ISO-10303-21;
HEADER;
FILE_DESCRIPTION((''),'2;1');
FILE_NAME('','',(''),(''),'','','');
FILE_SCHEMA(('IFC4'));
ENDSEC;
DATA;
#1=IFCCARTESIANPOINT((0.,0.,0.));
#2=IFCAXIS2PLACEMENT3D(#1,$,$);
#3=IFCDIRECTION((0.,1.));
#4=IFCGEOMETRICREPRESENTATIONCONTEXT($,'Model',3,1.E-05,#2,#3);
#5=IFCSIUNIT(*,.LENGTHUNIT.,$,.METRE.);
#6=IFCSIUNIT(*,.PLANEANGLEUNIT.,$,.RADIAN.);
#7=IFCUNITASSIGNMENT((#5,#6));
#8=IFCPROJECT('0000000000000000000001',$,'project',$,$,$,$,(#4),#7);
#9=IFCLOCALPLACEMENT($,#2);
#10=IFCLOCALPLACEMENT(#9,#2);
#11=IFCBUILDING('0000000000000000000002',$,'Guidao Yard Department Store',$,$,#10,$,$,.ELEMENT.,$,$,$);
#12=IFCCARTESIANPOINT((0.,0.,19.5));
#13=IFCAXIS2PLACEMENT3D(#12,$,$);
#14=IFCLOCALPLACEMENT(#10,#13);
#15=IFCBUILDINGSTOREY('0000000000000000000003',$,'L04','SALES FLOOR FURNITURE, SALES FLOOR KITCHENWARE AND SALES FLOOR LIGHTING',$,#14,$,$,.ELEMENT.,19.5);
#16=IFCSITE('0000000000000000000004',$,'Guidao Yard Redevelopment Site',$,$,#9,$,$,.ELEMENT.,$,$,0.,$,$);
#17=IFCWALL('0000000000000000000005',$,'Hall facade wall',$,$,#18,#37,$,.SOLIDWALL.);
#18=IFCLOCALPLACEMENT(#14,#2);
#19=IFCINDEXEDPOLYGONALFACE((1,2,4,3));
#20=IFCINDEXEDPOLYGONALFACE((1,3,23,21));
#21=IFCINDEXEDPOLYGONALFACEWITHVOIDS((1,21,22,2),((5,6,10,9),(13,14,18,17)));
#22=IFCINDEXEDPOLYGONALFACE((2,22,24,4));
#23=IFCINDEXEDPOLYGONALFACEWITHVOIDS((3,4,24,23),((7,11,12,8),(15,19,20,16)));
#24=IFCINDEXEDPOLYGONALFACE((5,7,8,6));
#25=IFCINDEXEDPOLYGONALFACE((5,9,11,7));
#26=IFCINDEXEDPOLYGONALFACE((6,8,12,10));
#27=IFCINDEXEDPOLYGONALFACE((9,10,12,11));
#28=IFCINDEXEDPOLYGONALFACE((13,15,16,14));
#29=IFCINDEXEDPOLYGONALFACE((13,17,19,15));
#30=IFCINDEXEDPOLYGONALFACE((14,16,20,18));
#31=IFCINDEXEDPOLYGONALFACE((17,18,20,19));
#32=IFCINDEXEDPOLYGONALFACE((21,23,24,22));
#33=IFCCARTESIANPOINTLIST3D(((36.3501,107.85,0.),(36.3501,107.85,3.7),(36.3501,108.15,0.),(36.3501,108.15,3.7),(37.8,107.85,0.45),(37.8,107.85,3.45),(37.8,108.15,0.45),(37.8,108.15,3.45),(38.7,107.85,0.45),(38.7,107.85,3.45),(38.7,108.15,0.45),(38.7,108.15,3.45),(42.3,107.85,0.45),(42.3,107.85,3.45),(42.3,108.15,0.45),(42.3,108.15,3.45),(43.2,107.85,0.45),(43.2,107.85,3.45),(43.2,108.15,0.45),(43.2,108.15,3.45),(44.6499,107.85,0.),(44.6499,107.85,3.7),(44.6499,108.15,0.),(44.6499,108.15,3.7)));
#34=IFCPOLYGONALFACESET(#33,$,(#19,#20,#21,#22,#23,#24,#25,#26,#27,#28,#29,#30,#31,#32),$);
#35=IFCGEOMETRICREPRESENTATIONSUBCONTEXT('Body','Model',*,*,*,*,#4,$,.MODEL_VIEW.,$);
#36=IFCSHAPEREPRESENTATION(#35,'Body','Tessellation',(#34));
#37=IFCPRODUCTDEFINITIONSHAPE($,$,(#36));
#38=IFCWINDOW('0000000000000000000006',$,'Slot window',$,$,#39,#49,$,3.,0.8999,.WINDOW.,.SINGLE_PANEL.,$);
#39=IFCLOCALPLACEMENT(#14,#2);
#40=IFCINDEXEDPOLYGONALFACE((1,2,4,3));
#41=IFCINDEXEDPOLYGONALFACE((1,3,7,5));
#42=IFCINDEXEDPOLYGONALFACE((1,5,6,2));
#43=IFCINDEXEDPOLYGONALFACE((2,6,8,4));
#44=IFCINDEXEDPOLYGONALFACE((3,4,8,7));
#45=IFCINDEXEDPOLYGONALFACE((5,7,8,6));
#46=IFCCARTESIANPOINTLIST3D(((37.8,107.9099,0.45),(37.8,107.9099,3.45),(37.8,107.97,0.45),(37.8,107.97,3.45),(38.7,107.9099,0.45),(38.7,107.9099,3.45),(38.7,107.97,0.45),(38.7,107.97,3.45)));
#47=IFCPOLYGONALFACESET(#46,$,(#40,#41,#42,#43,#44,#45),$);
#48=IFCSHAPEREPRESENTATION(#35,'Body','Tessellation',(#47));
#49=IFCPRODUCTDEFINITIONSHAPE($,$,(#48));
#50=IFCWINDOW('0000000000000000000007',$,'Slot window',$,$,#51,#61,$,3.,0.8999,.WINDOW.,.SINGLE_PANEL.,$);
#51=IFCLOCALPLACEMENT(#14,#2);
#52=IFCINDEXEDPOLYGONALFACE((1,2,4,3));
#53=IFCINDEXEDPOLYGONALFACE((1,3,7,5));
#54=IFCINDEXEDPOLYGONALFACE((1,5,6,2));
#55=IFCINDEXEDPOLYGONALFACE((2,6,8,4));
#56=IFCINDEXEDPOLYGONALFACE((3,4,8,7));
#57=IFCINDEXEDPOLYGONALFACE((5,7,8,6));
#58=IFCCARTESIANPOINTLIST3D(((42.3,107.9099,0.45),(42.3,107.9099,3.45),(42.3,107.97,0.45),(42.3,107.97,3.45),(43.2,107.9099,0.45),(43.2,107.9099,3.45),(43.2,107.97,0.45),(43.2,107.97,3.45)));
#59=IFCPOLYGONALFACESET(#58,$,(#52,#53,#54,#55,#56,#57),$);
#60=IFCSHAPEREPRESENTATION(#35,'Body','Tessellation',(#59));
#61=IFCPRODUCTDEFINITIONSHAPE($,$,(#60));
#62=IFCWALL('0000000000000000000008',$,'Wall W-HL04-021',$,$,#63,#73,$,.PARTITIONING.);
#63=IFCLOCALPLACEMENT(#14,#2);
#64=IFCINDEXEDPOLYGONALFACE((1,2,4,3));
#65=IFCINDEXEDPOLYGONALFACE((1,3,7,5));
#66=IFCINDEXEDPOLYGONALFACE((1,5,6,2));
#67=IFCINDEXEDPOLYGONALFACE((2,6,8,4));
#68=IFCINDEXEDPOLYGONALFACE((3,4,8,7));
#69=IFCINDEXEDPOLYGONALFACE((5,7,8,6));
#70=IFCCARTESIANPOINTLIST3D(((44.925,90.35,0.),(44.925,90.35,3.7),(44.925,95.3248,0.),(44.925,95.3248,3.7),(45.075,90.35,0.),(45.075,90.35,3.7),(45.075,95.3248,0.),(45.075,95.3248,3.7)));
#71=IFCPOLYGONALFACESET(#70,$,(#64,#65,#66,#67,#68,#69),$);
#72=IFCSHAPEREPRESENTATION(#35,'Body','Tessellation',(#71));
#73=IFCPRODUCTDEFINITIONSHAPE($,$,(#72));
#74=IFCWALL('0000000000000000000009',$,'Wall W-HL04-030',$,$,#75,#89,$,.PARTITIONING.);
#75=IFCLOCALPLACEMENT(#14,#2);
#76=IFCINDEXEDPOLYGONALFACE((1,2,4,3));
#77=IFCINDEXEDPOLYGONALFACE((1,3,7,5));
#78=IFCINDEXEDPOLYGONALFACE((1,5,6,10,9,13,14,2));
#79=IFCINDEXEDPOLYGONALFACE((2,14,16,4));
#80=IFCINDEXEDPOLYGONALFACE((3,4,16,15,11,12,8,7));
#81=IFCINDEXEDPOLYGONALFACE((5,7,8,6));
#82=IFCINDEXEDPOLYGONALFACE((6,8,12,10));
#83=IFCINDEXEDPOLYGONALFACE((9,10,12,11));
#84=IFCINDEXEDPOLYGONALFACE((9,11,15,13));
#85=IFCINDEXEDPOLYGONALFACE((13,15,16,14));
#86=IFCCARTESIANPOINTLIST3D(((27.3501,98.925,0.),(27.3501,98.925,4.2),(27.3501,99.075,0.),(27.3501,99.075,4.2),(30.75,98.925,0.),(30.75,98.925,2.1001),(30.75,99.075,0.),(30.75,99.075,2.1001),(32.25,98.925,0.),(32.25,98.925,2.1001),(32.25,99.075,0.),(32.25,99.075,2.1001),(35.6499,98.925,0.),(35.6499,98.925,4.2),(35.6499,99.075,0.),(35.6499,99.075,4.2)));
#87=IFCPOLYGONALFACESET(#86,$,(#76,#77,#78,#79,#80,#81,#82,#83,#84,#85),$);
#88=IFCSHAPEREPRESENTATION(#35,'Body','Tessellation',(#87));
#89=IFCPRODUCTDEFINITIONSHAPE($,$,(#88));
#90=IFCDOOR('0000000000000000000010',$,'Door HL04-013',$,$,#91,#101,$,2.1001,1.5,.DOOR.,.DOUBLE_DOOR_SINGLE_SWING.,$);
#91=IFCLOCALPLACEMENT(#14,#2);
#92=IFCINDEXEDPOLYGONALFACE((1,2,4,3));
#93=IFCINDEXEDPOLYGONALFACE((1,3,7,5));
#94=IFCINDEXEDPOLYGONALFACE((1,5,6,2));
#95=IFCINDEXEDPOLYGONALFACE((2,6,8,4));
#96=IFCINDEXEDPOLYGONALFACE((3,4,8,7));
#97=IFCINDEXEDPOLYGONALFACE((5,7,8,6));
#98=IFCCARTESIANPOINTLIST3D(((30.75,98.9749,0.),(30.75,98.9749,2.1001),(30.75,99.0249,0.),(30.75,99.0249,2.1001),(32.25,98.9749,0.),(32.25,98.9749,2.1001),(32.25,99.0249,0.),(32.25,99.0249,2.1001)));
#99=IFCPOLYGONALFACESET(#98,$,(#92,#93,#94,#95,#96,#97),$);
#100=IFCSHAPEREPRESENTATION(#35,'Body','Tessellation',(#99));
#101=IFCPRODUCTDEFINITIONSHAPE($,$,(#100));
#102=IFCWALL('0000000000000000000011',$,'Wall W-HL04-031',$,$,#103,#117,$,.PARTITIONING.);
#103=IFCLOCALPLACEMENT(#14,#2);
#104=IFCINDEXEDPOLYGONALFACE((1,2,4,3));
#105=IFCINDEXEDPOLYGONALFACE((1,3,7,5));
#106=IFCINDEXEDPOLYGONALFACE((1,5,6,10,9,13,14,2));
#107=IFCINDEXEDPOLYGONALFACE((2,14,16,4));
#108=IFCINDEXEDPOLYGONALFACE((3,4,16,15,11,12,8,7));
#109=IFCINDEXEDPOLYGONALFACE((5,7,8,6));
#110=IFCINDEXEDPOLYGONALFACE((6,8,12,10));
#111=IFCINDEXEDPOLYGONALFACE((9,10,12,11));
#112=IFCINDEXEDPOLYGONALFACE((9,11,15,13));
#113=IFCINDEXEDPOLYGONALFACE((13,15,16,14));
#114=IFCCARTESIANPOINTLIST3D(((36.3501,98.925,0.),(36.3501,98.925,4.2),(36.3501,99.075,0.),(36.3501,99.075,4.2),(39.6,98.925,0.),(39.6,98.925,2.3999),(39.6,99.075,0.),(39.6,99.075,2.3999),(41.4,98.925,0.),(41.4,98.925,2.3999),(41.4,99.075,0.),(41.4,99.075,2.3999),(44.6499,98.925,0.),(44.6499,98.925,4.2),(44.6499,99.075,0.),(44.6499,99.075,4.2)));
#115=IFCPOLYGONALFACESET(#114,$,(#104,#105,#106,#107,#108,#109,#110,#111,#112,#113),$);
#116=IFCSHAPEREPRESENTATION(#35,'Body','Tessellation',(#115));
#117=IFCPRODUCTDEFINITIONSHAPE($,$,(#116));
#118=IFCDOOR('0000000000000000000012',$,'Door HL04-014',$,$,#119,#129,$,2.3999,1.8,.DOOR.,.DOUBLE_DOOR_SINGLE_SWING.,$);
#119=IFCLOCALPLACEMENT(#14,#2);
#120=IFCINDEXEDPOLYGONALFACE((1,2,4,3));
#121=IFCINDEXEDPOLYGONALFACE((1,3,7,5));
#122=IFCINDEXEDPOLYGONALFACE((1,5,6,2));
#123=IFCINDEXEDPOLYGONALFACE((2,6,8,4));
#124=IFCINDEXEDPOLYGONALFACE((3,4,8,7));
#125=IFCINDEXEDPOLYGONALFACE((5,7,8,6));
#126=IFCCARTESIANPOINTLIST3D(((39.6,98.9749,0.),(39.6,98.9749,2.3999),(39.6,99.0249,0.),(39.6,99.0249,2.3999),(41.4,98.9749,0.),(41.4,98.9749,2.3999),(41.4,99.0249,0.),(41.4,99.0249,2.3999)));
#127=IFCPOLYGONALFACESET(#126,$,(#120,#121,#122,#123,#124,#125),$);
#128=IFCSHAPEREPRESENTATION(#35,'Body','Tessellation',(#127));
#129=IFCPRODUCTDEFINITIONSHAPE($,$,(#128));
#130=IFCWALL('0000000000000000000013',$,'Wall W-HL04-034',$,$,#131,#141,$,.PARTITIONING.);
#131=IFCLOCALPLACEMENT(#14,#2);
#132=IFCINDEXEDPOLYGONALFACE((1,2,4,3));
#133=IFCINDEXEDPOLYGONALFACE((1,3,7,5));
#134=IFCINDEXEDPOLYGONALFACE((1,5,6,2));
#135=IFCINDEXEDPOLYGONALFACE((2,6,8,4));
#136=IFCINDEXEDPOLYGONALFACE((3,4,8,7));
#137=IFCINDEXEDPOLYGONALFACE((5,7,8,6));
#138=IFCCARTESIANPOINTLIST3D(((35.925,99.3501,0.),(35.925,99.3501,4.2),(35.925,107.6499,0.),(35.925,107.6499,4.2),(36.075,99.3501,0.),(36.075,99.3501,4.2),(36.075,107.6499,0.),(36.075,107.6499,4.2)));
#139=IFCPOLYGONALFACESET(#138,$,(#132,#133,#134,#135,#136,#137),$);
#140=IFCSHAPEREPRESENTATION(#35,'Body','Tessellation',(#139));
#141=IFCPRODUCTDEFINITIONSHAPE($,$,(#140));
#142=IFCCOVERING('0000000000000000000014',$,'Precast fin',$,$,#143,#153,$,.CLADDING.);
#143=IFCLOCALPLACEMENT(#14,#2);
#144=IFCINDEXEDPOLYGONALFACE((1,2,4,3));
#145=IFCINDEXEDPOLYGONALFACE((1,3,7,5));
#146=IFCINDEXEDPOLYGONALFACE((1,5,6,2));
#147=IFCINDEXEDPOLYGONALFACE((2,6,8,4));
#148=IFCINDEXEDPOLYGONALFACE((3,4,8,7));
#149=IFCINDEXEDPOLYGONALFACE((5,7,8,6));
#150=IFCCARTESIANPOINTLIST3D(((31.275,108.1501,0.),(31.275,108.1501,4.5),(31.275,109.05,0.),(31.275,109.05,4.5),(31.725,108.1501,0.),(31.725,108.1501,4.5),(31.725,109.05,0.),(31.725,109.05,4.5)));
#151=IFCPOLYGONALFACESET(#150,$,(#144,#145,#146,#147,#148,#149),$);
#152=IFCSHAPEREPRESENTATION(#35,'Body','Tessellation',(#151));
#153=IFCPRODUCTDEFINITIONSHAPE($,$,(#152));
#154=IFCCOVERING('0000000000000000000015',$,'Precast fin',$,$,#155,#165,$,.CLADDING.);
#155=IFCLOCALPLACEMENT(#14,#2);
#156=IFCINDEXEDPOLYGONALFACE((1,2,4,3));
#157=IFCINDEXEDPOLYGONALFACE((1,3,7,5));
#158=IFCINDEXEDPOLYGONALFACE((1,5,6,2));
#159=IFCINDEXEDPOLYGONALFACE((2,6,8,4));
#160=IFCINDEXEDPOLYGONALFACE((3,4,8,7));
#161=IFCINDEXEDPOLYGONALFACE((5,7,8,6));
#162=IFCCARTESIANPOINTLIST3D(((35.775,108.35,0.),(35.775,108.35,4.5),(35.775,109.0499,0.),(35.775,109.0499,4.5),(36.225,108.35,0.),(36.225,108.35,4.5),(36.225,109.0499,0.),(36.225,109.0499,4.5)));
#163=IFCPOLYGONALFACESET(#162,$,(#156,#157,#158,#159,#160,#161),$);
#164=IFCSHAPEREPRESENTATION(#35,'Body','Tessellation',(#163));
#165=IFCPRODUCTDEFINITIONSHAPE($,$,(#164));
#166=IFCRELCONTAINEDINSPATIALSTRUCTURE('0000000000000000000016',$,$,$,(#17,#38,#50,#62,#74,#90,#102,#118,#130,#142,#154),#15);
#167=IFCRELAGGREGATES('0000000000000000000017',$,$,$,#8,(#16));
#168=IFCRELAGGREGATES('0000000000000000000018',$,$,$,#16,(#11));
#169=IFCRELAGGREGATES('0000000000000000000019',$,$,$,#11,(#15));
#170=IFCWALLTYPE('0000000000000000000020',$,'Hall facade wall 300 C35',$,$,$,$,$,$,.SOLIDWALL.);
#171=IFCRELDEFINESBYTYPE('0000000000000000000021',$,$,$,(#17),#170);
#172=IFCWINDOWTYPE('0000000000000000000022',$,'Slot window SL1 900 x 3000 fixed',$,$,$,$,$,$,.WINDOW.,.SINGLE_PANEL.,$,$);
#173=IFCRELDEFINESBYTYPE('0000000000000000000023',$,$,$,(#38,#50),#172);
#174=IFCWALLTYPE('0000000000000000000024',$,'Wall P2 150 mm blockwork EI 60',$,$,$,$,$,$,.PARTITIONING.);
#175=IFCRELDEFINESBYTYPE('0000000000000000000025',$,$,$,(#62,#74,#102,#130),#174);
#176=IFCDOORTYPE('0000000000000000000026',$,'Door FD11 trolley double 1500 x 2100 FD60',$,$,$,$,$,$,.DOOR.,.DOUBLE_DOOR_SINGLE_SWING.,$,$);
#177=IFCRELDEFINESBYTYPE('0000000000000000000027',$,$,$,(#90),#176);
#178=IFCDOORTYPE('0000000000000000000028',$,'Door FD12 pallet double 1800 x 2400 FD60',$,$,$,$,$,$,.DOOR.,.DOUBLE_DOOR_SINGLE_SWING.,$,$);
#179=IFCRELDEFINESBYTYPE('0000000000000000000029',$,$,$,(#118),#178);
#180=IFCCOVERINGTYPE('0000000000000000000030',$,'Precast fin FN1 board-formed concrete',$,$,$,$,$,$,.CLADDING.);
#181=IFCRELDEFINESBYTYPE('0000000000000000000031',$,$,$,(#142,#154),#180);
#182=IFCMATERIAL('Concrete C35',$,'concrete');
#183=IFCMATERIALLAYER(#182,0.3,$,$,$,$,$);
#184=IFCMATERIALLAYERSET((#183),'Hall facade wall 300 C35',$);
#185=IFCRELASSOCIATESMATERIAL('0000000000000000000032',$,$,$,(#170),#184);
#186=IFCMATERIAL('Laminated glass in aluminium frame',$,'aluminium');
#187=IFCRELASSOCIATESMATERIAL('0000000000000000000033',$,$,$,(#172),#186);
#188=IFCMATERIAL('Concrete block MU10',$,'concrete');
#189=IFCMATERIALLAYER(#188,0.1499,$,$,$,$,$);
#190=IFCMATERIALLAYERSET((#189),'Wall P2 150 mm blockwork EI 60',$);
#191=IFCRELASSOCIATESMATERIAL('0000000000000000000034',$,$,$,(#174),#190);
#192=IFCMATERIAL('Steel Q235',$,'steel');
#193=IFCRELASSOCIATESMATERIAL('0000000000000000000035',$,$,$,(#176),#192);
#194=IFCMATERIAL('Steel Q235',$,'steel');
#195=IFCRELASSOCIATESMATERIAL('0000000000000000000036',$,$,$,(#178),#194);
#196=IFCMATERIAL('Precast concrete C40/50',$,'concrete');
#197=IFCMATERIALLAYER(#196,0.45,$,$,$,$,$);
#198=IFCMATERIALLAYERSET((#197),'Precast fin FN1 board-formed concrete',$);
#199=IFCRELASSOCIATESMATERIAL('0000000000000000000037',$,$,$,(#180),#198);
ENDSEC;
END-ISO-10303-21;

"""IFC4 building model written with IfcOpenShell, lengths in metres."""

from ifc_helpers import new_model, si_unit, direction, frame, frame_2d, origin, origin_2d, place, context, subcontext, project, spatial, rectangle, extrude, material, layer, layer_set, type_object, element, fill, save


model = new_model("IFC4")

# Units and contexts
model_context = context("Model", 3, precision=1e-05, world=origin(), true_north=direction((0.0, 1.0)))
body_context = subcontext(model_context, "Body", "Model", "MODEL_VIEW")
ifc_project = project(units=[si_unit("LENGTHUNIT", "METRE"), si_unit("PLANEANGLEUNIT", "RADIAN")], contexts=[model_context])

# Site, building, storey
site_placement = place(None, origin())
site = spatial("IfcSite", under=ifc_project, at=site_placement, Name="Guidao Yard Redevelopment Site", CompositionType="ELEMENT", RefElevation=0.0)
building_placement = place(site_placement, origin())
building = spatial("IfcBuilding", under=site, at=building_placement, Name="Guidao Yard Department Store", CompositionType="ELEMENT")
storey_placement = place(building_placement, frame((0.0, 0.0, 19.5)))
storey = spatial("IfcBuildingStorey", under=building, at=storey_placement, Name="L04", Description="SALES FLOOR FURNITURE, SALES FLOOR KITCHENWARE AND SALES FLOOR LIGHTING", CompositionType="ELEMENT", Elevation=19.5)

# Wall, openings, windows
ifc_material_1 = material(Name="Concrete C35", Category="concrete")
ifc_layer_1 = layer(ifc_material_1, 0.3)
ifc_layer_set_1 = layer_set([ifc_layer_1], Name="Hall facade wall 300 C35")
wall_type_1 = type_object("IfcWallType", Name="Hall facade wall 300 C35", PredefinedType="SOLIDWALL", material=ifc_layer_set_1)
ifc_material_2 = material(Name="Laminated glass in aluminium frame", Category="aluminium")
window_type = type_object("IfcWindowType", Name="Slot window SL1 900 x 3000 fixed", PartitioningType="SINGLE_PANEL", PredefinedType="WINDOW", material=ifc_material_2)
wall_1_placement = place(storey_placement, frame((36.3501, 108.0, 0.0), z_axis=(0.0, 0.0, 1.0), x_axis=(1.0, 0.0, 0.0)))
wall_1 = element("IfcWall", 1, at=wall_1_placement, inside=storey, type_object=wall_type_1, Name="Hall facade wall", PredefinedType="SOLIDWALL", context=body_context, shape_type="SweptSolid", body=[
    extrude(rectangle(XDim=8.2998, YDim=0.3, at=frame_2d((4.1499, 0.0))), origin(), (0.0, 0.0, 1.0), 3.7),
])
opening_1_placement = place(wall_1_placement, frame((1.45, 0.0, 0.45)))
opening_1 = element("IfcOpeningElement", 2, at=opening_1_placement, cuts=wall_1, PredefinedType="OPENING", context=body_context, shape_type="SweptSolid", body=[
    extrude(rectangle(XDim=0.8999, YDim=3.0, at=frame_2d((0.45, 1.5))), frame((0.0, 0.1599, 0.0), z_axis=(0.0, -1.0, 0.0), x_axis=(1.0, 0.0, 0.0)), (0.0, 0.0, 1.0), 0.3201),
])
opening_2_placement = place(wall_1_placement, frame((5.95, 0.0, 0.45)))
opening_2 = element("IfcOpeningElement", 3, at=opening_2_placement, cuts=wall_1, PredefinedType="OPENING", context=body_context, shape_type="SweptSolid", body=[
    extrude(rectangle(XDim=0.8999, YDim=3.0, at=frame_2d((0.45, 1.5))), frame((0.0, 0.1599, 0.0), z_axis=(0.0, -1.0, 0.0), x_axis=(1.0, 0.0, 0.0)), (0.0, 0.0, 1.0), 0.3201),
])
window_1_placement = place(opening_1_placement, origin())
window_1 = element("IfcWindow", 4, at=window_1_placement, inside=storey, type_object=window_type, Name="Slot window", OverallHeight=3.0, OverallWidth=0.8999, PartitioningType="SINGLE_PANEL", PredefinedType="WINDOW", context=body_context, shape_type="SweptSolid", body=[
    extrude(rectangle(XDim=0.8999, YDim=3.0, at=frame_2d((0.45, 1.5))), frame((0.0, -0.03, 0.0), z_axis=(0.0, -1.0, 0.0), x_axis=(1.0, 0.0, 0.0)), (0.0, 0.0, 1.0), 0.0601),
])
fill(opening_1, window_1)
window_2_placement = place(opening_2_placement, origin())
window_2 = element("IfcWindow", 5, at=window_2_placement, inside=storey, type_object=window_type, Name="Slot window", OverallHeight=3.0, OverallWidth=0.8999, PartitioningType="SINGLE_PANEL", PredefinedType="WINDOW", context=body_context, shape_type="SweptSolid", body=[
    extrude(rectangle(XDim=0.8999, YDim=3.0, at=frame_2d((0.45, 1.5))), frame((0.0, -0.03, 0.0), z_axis=(0.0, -1.0, 0.0), x_axis=(1.0, 0.0, 0.0)), (0.0, 0.0, 1.0), 0.0601),
])
fill(opening_2, window_2)

# Wall
ifc_material_3 = material(Name="Concrete block MU10", Category="concrete")
ifc_layer_2 = layer(ifc_material_3, 0.1499)
ifc_layer_set_2 = layer_set([ifc_layer_2], Name="Wall P2 150 mm blockwork EI 60")
wall_type_2 = type_object("IfcWallType", Name="Wall P2 150 mm blockwork EI 60", PredefinedType="PARTITIONING", material=ifc_layer_set_2)
wall_2_placement = place(storey_placement, frame((45.0, 90.3501, 0.0), z_axis=(0.0, 0.0, 1.0), x_axis=(0.0, 1.0, 0.0)))
element("IfcWall", 6, at=wall_2_placement, inside=storey, type_object=wall_type_2, Name="Wall W-HL04-021", PredefinedType="PARTITIONING", context=body_context, shape_type="SweptSolid", body=[
    extrude(rectangle(XDim=4.9749, YDim=0.1499, at=frame_2d((2.4873, 0.0))), origin(), (0.0, 0.0, 1.0), 3.7),
])

# Walls, openings, doors
wall_3_placement = place(storey_placement, frame((27.3501, 99.0, 0.0), z_axis=(0.0, 0.0, 1.0), x_axis=(1.0, 0.0, 0.0)))
wall_3 = element("IfcWall", 7, at=wall_3_placement, inside=storey, type_object=wall_type_2, Name="Wall W-HL04-030", PredefinedType="PARTITIONING", context=body_context, shape_type="SweptSolid", body=[
    extrude(rectangle(XDim=8.2998, YDim=0.1499, at=frame_2d((4.1499, 0.0))), origin(), (0.0, 0.0, 1.0), 4.2),
])
opening_3_placement = place(wall_3_placement, frame((3.3999, 0.0, 0.0)))
opening_3 = element("IfcOpeningElement", 8, at=opening_3_placement, cuts=wall_3, PredefinedType="OPENING", context=body_context, shape_type="SweptSolid", body=[
    extrude(rectangle(XDim=1.5, YDim=2.1001, at=frame_2d((0.75, 1.05))), frame((0.0, 0.085, 0.0), z_axis=(0.0, -1.0, 0.0), x_axis=(1.0, 0.0, 0.0)), (0.0, 0.0, 1.0), 0.1699),
])
ifc_material_4 = material(Name="Steel Q235", Category="steel")
door_type_1 = type_object("IfcDoorType", Name="Door FD11 trolley double 1500 x 2100 FD60", OperationType="DOUBLE_DOOR_SINGLE_SWING", PredefinedType="DOOR", material=ifc_material_4)
door_1_placement = place(opening_3_placement, origin())
door_1 = element("IfcDoor", 9, at=door_1_placement, inside=storey, type_object=door_type_1, Name="Door HL04-013", OperationType="DOUBLE_DOOR_SINGLE_SWING", OverallHeight=2.1001, OverallWidth=1.5, PredefinedType="DOOR", context=body_context, shape_type="SweptSolid", body=[
    extrude(rectangle(XDim=1.5, YDim=2.1001, at=frame_2d((0.75, 1.05))), frame((0.0, 0.0249, 0.0), z_axis=(0.0, -1.0, 0.0), x_axis=(1.0, 0.0, 0.0)), (0.0, 0.0, 1.0), 0.05),
])
fill(opening_3, door_1)
wall_4_placement = place(storey_placement, frame((36.3501, 99.0, 0.0), z_axis=(0.0, 0.0, 1.0), x_axis=(1.0, 0.0, 0.0)))
wall_4 = element("IfcWall", 10, at=wall_4_placement, inside=storey, type_object=wall_type_2, Name="Wall W-HL04-031", PredefinedType="PARTITIONING", context=body_context, shape_type="SweptSolid", body=[
    extrude(rectangle(XDim=8.2998, YDim=0.1499, at=frame_2d((4.1499, 0.0))), origin(), (0.0, 0.0, 1.0), 4.2),
])
opening_4_placement = place(wall_4_placement, frame((3.25, 0.0, 0.0)))
opening_4 = element("IfcOpeningElement", 11, at=opening_4_placement, cuts=wall_4, PredefinedType="OPENING", context=body_context, shape_type="SweptSolid", body=[
    extrude(rectangle(XDim=1.8, YDim=2.3999, at=frame_2d((0.8999, 1.2))), frame((0.0, 0.085, 0.0), z_axis=(0.0, -1.0, 0.0), x_axis=(1.0, 0.0, 0.0)), (0.0, 0.0, 1.0), 0.1699),
])
ifc_material_5 = material(Name="Steel Q235", Category="steel")
door_type_2 = type_object("IfcDoorType", Name="Door FD12 pallet double 1800 x 2400 FD60", OperationType="DOUBLE_DOOR_SINGLE_SWING", PredefinedType="DOOR", material=ifc_material_5)
door_2_placement = place(opening_4_placement, origin())
door_2 = element("IfcDoor", 12, at=door_2_placement, inside=storey, type_object=door_type_2, Name="Door HL04-014", OperationType="DOUBLE_DOOR_SINGLE_SWING", OverallHeight=2.3999, OverallWidth=1.8, PredefinedType="DOOR", context=body_context, shape_type="SweptSolid", body=[
    extrude(rectangle(XDim=1.8, YDim=2.3999, at=frame_2d((0.8999, 1.2))), frame((0.0, 0.0249, 0.0), z_axis=(0.0, -1.0, 0.0), x_axis=(1.0, 0.0, 0.0)), (0.0, 0.0, 1.0), 0.05),
])
fill(opening_4, door_2)

# Wall
wall_5_placement = place(storey_placement, frame((36.0, 99.3501, 0.0), z_axis=(0.0, 0.0, 1.0), x_axis=(0.0, 1.0, 0.0)))
element("IfcWall", 13, at=wall_5_placement, inside=storey, type_object=wall_type_2, Name="Wall W-HL04-034", PredefinedType="PARTITIONING", context=body_context, shape_type="SweptSolid", body=[
    extrude(rectangle(XDim=8.2998, YDim=0.1499, at=frame_2d((4.1499, 0.0))), origin(), (0.0, 0.0, 1.0), 4.2),
])

# Coverings
ifc_material_6 = material(Name="Precast concrete C40/50", Category="concrete")
ifc_layer_3 = layer(ifc_material_6, 0.45)
ifc_layer_set_3 = layer_set([ifc_layer_3], Name="Precast fin FN1 board-formed concrete")
covering_type = type_object("IfcCoveringType", Name="Precast fin FN1 board-formed concrete", PredefinedType="CLADDING", material=ifc_layer_set_3)
covering_1_placement = place(storey_placement, frame((31.5, 108.6001, 0.0), z_axis=(0.0, 0.0, 1.0), x_axis=(1.0, 0.0, 0.0)))
element("IfcCovering", 14, at=covering_1_placement, inside=storey, type_object=covering_type, Name="Precast fin", PredefinedType="CLADDING", context=body_context, shape_type="SweptSolid", body=[
    extrude(rectangle(XDim=0.45, YDim=0.8999, at=origin_2d()), origin(), (0.0, 0.0, 1.0), 4.5),
])
covering_2_placement = place(storey_placement, frame((36.0, 108.7, 0.0), z_axis=(0.0, 0.0, 1.0), x_axis=(1.0, 0.0, 0.0)))
element("IfcCovering", 15, at=covering_2_placement, inside=storey, type_object=covering_type, Name="Precast fin", PredefinedType="CLADDING", context=body_context, shape_type="SweptSolid", body=[
    extrude(rectangle(XDim=0.45, YDim=0.7, at=origin_2d()), origin(), (0.0, 0.0, 1.0), 4.5),
])

save(model, "model.ifc")
